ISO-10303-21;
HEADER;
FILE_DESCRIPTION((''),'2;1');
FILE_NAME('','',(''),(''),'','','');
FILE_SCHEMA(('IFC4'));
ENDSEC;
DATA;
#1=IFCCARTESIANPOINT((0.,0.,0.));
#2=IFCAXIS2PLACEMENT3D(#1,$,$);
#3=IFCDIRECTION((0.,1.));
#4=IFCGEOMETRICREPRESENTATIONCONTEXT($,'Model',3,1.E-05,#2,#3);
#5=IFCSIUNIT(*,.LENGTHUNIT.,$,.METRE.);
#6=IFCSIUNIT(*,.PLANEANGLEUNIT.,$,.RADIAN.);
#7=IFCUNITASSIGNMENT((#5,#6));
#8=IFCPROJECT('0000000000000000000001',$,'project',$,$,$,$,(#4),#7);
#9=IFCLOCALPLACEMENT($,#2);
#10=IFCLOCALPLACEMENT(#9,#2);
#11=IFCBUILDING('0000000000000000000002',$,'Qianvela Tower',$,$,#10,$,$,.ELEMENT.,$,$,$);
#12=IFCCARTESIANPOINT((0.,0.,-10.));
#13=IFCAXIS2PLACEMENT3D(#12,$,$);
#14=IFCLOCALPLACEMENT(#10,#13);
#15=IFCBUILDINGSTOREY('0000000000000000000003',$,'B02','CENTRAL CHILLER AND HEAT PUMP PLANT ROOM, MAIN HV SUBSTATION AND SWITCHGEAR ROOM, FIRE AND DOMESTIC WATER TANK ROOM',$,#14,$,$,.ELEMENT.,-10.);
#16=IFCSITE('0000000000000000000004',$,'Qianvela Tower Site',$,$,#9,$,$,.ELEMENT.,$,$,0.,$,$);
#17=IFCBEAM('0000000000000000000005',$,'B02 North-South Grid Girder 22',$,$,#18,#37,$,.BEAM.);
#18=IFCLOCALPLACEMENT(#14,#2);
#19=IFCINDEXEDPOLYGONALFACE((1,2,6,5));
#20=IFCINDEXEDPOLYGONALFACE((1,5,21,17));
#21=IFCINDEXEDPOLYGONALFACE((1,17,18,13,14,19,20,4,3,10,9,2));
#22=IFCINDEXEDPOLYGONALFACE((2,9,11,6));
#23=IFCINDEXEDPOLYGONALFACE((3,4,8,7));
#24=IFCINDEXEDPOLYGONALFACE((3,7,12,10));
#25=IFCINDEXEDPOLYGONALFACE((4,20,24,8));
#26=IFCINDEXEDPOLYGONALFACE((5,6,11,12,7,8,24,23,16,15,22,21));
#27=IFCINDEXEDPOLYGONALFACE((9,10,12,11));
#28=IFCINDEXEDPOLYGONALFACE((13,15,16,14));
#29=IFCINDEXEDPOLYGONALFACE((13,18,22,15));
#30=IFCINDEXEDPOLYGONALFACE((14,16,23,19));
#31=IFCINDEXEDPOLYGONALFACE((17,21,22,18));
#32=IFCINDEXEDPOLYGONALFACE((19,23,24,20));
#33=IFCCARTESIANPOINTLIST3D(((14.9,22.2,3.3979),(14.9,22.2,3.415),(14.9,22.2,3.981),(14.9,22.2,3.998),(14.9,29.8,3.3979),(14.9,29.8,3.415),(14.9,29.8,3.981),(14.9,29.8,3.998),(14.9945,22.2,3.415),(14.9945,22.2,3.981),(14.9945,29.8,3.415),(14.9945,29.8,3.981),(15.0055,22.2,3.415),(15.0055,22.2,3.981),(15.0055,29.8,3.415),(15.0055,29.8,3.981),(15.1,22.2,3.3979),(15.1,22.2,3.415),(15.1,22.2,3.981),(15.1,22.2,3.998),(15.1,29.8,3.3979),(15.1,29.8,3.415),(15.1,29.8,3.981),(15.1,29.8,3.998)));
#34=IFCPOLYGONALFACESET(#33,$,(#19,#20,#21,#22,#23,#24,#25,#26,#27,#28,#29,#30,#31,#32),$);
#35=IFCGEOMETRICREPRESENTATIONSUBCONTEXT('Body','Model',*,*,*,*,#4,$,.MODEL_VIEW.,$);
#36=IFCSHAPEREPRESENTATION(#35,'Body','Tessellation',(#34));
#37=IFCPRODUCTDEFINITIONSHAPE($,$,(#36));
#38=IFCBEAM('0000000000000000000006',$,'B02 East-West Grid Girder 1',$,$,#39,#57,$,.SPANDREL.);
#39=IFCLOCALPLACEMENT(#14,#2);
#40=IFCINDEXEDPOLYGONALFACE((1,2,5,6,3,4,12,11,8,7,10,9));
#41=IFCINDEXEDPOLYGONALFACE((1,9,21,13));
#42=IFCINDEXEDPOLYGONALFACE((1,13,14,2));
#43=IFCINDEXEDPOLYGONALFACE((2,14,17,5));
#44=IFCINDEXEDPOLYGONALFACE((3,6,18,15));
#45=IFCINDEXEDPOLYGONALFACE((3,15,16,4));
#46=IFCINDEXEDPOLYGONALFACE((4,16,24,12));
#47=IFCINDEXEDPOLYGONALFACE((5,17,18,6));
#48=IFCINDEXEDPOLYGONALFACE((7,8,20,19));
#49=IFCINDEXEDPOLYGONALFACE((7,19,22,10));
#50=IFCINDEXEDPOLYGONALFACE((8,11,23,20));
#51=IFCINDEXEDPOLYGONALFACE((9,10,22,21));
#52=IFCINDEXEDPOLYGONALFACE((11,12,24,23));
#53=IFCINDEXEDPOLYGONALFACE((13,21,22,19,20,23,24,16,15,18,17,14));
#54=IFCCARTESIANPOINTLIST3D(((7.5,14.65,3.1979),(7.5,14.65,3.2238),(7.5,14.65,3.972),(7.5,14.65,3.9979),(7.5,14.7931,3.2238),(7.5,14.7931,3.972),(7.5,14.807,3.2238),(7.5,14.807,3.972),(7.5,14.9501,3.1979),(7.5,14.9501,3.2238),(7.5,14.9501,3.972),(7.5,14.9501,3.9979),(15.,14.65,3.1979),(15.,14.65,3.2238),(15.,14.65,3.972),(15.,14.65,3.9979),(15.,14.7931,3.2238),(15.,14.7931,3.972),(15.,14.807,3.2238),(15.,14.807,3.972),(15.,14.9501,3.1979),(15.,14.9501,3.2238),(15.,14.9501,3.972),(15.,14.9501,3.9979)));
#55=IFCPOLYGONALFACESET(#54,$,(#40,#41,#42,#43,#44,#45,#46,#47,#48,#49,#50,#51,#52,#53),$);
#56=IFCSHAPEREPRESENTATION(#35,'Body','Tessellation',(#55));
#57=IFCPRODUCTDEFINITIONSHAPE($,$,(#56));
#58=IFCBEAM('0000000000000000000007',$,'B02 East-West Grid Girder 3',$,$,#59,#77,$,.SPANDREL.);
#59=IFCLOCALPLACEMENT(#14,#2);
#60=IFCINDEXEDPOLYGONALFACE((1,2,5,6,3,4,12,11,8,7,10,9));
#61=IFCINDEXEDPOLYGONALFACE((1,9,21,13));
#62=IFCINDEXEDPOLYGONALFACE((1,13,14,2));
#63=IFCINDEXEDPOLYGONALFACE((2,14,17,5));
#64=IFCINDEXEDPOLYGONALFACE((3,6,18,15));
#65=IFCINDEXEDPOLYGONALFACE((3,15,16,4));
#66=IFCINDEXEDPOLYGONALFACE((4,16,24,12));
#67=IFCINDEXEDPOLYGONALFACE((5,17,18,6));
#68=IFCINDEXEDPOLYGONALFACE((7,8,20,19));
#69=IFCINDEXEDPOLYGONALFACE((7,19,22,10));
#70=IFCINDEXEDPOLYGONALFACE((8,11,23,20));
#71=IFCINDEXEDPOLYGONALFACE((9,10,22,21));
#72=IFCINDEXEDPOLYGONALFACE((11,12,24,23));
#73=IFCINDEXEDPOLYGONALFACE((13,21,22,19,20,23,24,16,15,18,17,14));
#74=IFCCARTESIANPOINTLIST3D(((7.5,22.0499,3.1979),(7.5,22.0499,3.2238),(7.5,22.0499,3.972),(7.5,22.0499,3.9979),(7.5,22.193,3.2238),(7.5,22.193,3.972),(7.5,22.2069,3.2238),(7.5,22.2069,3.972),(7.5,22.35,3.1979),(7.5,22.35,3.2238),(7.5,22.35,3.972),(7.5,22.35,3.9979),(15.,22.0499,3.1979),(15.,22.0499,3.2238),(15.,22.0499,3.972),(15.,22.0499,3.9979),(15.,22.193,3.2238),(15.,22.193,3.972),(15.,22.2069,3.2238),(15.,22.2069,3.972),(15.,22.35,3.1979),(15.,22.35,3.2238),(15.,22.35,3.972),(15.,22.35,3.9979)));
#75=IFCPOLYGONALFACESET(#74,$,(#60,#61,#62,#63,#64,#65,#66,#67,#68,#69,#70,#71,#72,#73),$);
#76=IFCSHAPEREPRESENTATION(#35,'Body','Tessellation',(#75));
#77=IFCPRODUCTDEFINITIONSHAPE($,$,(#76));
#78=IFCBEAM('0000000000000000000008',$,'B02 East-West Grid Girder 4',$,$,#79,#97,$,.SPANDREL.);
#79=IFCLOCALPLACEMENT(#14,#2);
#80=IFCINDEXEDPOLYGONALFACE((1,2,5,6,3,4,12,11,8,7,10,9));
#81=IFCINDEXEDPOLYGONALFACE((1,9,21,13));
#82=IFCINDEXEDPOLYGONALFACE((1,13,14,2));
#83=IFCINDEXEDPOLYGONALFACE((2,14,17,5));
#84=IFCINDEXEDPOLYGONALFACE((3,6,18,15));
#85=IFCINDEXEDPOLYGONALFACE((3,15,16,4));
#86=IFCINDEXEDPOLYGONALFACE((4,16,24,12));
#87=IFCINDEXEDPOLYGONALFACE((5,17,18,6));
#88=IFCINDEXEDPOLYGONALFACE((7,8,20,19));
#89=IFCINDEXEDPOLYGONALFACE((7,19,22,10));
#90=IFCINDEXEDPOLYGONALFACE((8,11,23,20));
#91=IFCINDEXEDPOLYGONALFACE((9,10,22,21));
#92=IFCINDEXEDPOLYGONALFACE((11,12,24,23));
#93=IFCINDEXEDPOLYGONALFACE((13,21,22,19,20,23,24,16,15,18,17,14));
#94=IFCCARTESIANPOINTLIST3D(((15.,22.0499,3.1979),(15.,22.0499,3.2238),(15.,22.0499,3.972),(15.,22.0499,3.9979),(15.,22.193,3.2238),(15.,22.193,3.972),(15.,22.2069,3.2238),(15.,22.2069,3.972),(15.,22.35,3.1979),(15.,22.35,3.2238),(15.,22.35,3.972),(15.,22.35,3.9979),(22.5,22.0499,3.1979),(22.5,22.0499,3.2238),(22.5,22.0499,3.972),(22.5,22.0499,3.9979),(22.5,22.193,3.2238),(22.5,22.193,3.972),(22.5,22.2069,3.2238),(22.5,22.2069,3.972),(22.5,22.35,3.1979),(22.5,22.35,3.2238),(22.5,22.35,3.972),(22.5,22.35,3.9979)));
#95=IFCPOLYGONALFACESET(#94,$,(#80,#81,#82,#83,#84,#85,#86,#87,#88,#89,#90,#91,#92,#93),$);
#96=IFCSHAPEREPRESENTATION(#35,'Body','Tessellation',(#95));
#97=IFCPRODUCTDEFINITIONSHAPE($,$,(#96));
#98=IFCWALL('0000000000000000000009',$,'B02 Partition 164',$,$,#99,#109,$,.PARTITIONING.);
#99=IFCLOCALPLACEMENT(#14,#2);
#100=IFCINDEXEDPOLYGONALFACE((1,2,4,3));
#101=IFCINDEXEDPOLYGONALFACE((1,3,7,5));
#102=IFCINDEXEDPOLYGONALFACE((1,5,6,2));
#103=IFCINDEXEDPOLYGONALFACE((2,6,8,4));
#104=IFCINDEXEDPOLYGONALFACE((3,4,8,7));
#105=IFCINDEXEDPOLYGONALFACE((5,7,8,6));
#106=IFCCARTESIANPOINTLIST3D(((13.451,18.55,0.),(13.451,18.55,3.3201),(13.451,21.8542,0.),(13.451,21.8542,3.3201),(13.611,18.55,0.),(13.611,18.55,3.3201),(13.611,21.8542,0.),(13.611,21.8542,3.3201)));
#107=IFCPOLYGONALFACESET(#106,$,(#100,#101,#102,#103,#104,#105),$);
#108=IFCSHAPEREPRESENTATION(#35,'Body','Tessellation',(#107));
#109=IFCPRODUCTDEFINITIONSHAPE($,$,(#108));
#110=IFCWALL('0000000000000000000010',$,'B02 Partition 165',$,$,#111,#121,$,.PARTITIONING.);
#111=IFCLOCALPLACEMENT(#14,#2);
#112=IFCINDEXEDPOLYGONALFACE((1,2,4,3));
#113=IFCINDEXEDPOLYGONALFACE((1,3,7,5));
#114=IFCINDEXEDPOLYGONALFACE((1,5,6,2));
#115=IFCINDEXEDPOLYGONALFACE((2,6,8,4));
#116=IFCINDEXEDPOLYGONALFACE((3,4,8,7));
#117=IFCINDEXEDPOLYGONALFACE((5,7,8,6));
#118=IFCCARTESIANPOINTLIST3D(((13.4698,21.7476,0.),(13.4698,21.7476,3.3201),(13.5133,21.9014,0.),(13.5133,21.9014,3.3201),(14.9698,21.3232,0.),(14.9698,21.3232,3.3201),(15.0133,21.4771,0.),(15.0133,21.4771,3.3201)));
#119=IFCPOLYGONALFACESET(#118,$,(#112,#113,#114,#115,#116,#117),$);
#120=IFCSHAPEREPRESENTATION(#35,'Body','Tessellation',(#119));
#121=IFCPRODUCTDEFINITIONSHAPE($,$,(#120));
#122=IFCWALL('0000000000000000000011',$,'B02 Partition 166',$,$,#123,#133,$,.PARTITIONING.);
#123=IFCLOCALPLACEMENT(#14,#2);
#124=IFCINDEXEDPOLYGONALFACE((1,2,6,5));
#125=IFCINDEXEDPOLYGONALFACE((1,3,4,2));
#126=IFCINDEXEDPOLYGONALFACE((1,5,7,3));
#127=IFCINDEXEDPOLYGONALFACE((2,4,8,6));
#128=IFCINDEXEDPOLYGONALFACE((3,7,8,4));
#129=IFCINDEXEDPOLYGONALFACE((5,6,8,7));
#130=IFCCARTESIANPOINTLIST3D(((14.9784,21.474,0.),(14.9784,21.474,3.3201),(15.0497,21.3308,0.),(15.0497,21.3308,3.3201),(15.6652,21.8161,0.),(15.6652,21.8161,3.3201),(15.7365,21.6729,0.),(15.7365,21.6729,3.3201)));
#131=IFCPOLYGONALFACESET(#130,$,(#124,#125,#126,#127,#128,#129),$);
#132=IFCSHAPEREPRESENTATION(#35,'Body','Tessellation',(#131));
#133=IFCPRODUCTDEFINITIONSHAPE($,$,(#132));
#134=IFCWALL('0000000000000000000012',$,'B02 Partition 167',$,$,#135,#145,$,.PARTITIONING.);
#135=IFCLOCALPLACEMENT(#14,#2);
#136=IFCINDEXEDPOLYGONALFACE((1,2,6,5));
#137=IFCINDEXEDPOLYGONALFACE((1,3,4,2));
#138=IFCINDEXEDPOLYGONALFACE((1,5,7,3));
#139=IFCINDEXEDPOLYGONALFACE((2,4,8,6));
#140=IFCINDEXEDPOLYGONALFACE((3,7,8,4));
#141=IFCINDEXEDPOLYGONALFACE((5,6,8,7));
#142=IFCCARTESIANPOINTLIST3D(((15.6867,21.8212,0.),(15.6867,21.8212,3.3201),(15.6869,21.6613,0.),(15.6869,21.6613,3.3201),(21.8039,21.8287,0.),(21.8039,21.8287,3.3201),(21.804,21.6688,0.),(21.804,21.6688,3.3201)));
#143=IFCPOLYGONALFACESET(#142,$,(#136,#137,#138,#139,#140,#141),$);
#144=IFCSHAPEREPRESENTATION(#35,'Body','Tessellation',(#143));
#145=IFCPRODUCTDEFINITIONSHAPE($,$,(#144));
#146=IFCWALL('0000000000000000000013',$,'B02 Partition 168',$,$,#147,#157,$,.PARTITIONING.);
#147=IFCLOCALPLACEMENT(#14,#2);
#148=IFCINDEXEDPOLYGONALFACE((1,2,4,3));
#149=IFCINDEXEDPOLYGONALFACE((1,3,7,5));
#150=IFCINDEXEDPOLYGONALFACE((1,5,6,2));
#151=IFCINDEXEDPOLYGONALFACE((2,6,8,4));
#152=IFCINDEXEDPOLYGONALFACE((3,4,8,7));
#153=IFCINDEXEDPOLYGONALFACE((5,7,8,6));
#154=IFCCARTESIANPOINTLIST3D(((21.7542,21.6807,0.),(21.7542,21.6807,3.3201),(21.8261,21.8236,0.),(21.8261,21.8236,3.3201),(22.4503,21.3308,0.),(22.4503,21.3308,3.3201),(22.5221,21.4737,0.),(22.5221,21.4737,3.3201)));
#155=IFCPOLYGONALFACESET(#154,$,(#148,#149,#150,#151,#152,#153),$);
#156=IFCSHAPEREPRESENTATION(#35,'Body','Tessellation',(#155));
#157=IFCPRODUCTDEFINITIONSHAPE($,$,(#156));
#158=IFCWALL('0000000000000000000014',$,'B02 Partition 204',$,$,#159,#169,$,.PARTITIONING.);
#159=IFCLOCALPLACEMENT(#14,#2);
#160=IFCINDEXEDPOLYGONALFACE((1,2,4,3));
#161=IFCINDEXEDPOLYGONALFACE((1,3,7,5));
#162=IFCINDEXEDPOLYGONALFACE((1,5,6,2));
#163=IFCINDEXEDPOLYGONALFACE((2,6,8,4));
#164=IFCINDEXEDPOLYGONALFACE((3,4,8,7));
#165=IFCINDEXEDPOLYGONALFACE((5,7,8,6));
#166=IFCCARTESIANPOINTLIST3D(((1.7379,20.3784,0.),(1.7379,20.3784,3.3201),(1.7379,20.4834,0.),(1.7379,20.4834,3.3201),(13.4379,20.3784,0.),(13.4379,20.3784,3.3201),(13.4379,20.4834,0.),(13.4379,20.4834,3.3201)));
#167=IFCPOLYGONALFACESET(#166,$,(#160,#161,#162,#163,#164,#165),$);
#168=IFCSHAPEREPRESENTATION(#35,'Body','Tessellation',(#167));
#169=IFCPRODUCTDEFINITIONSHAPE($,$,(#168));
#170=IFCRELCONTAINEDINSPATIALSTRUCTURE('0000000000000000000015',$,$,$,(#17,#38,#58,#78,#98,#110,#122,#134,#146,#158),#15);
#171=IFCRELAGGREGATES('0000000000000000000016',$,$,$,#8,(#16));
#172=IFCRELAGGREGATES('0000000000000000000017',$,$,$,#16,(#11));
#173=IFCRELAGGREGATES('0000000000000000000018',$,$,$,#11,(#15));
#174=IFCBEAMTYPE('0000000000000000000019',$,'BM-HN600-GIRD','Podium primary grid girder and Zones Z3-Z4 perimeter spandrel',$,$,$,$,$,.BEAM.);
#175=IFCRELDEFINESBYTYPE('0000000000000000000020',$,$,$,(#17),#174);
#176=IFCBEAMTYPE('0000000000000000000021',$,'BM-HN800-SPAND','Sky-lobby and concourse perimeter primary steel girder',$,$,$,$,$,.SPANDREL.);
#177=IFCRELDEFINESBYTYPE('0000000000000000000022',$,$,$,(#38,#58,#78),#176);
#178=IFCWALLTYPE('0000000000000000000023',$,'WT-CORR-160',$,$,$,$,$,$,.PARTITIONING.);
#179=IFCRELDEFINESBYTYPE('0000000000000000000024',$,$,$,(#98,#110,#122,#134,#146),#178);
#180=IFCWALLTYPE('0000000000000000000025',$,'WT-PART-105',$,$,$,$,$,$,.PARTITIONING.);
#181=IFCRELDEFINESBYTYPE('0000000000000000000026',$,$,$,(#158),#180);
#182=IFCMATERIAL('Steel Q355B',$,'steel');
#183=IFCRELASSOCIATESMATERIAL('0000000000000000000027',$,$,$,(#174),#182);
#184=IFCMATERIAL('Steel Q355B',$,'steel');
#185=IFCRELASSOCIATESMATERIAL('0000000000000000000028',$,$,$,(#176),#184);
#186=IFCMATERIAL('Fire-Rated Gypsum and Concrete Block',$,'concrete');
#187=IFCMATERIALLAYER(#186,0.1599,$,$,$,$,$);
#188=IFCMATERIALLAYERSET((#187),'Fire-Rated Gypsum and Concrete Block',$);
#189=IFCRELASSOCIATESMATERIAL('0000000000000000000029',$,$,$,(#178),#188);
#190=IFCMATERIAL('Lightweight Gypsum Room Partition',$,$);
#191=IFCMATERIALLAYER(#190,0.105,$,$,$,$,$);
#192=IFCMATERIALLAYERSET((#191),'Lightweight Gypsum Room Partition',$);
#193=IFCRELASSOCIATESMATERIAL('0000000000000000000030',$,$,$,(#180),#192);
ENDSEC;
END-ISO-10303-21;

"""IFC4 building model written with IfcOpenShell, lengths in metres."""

from ifc_helpers import new_model, si_unit, direction, frame, frame_2d, origin, origin_2d, place, context, subcontext, project, spatial, rectangle, i_section, extrude, material, layer, layer_set, material_profile, profile_set, type_object, element, save


model = new_model("IFC4")

# Units and contexts
model_context = context("Model", 3, precision=1e-05, world=origin(), true_north=direction((0.0, 1.0)))
body_context = subcontext(model_context, "Body", "Model", "MODEL_VIEW")
ifc_project = project(units=[si_unit("LENGTHUNIT", "METRE"), si_unit("PLANEANGLEUNIT", "RADIAN")], contexts=[model_context])

# Site, building, storey
site_placement = place(None, origin())
site = spatial("IfcSite", under=ifc_project, at=site_placement, Name="Qianvela Tower Site", CompositionType="ELEMENT", RefElevation=0.0)
building_placement = place(site_placement, origin())
building = spatial("IfcBuilding", under=site, at=building_placement, Name="Qianvela Tower", CompositionType="ELEMENT")
storey_placement = place(building_placement, frame((0.0, 0.0, -10.0)))
storey = spatial("IfcBuildingStorey", under=building, at=storey_placement, Name="B02", Description="CENTRAL CHILLER AND HEAT PUMP PLANT ROOM, MAIN HV SUBSTATION AND SWITCHGEAR ROOM, FIRE AND DOMESTIC WATER TANK ROOM", CompositionType="ELEMENT", Elevation=-10.0)

# Beams
ifc_material_1 = material(Name="Steel Q355B", Category="steel")
ifc_material_profile_1 = material_profile(ifc_material_1, i_section(OverallWidth=0.2, OverallDepth=0.6001, WebThickness=0.011, FlangeThickness=0.0171, at=origin_2d()), Name="HN600x200x11x17")
ifc_profile_set_1 = profile_set([ifc_material_profile_1], Name="Steel Q355B")
beam_type_1 = type_object("IfcBeamType", Name="BM-HN600-GIRD", Description="Podium primary grid girder and Zones Z3-Z4 perimeter spandrel", PredefinedType="BEAM", material=ifc_profile_set_1)
beam_1_placement = place(storey_placement, frame((15.0, 22.2, 3.698), z_axis=(0.0, 1.0, 0.0), x_axis=(-1.0, 0.0, 0.0)))
element("IfcBeam", 1, at=beam_1_placement, inside=storey, type_object=beam_type_1, Name="B02 North-South Grid Girder 22", PredefinedType="BEAM", context=body_context, shape_type="SweptSolid", body=[
    extrude(i_section(OverallWidth=0.2, OverallDepth=0.6001, WebThickness=0.011, FlangeThickness=0.0171, at=origin_2d()), origin(), (0.0, 0.0, 1.0), 7.6001),
])
ifc_material_2 = material(Name="Steel Q355B", Category="steel")
ifc_material_profile_2 = material_profile(ifc_material_2, i_section(OverallWidth=0.3, OverallDepth=0.8, WebThickness=0.0139, FlangeThickness=0.0259, at=origin_2d()), Name="HN800x300x14x26")
ifc_profile_set_2 = profile_set([ifc_material_profile_2], Name="Steel Q355B")
beam_type_2 = type_object("IfcBeamType", Name="BM-HN800-SPAND", Description="Sky-lobby and concourse perimeter primary steel girder", PredefinedType="SPANDREL", material=ifc_profile_set_2)
for number, where, z_axis, x_axis, name in (
    (2, (7.5, 14.8, 3.5979), (1.0, 0.0, 0.0), (0.0, 1.0, 0.0), "B02 East-West Grid Girder 1"),
    (3, (7.5, 22.2, 3.5979), (1.0, 0.0, 0.0), (0.0, 1.0, 0.0), "B02 East-West Grid Girder 3"),
    (4, (15.0, 22.2, 3.5979), (1.0, 0.0, 0.0), (0.0, 1.0, 0.0), "B02 East-West Grid Girder 4"),
):
    element("IfcBeam", number, at=place(storey_placement, frame(where, z_axis=z_axis, x_axis=x_axis)), inside=storey, type_object=beam_type_2, Name=name, PredefinedType="SPANDREL", context=body_context, shape_type="SweptSolid", body=[
        extrude(i_section(OverallWidth=0.3, OverallDepth=0.8, WebThickness=0.0139, FlangeThickness=0.0259, at=origin_2d()), origin(), (0.0, 0.0, 1.0), 7.5),
    ])

# Walls
ifc_material_3 = material(Name="Fire-Rated Gypsum and Concrete Block", Category="concrete")
ifc_layer_1 = layer(ifc_material_3, 0.1599)
ifc_layer_set_1 = layer_set([ifc_layer_1], Name="Fire-Rated Gypsum and Concrete Block")
wall_type_1 = type_object("IfcWallType", Name="WT-CORR-160", PredefinedType="PARTITIONING", material=ifc_layer_set_1)
wall_1_placement = place(storey_placement, frame((13.531, 18.55, 0.0), z_axis=(0.0, 0.0, 1.0), x_axis=(0.0, 1.0, 0.0)))
element("IfcWall", 5, at=wall_1_placement, inside=storey, type_object=wall_type_1, Name="B02 Partition 164", PredefinedType="PARTITIONING", context=body_context, shape_type="SweptSolid", body=[
    extrude(rectangle(XDim=3.3042, YDim=0.1599, at=frame_2d((1.6521, 0.0))), origin(), (0.0, 0.0, 1.0), 3.3201),
])
wall_2_placement = place(storey_placement, frame((13.4917, 21.8245, 0.0), z_axis=(0.0, 0.0, 1.0), x_axis=(0.962242, -0.272197, 0.0)))
element("IfcWall", 6, at=wall_2_placement, inside=storey, type_object=wall_type_1, Name="B02 Partition 165", PredefinedType="PARTITIONING", context=body_context, shape_type="SweptSolid", body=[
    extrude(rectangle(XDim=1.5588, YDim=0.1599, at=frame_2d((0.7793, 0.0))), origin(), (0.0, 0.0, 1.0), 3.3201),
])
wall_3_placement = place(storey_placement, frame((15.0139, 21.4023, 0.0), z_axis=(0.0, 0.0, 1.0), x_axis=(0.895126, 0.445813, 0.0)))
element("IfcWall", 7, at=wall_3_placement, inside=storey, type_object=wall_type_1, Name="B02 Partition 166", PredefinedType="PARTITIONING", context=body_context, shape_type="SweptSolid", body=[
    extrude(rectangle(XDim=0.7673, YDim=0.1599, at=frame_2d((0.3838, 0.0))), origin(), (0.0, 0.0, 1.0), 3.3201),
])
wall_4_placement = place(storey_placement, frame((15.6868, 21.7412, 0.0), z_axis=(0.0, 0.0, 1.0), x_axis=(0.999999, 0.001237, 0.0)))
element("IfcWall", 8, at=wall_4_placement, inside=storey, type_object=wall_type_1, Name="B02 Partition 167", PredefinedType="PARTITIONING", context=body_context, shape_type="SweptSolid", body=[
    extrude(rectangle(XDim=6.1172, YDim=0.1599, at=frame_2d((3.0586, 0.0))), origin(), (0.0, 0.0, 1.0), 3.3201),
])
wall_5_placement = place(storey_placement, frame((21.79, 21.7522, 0.0), z_axis=(0.0, 0.0, 1.0), x_axis=(0.893485, -0.449093, 0.0)))
element("IfcWall", 9, at=wall_5_placement, inside=storey, type_object=wall_type_1, Name="B02 Partition 168", PredefinedType="PARTITIONING", context=body_context, shape_type="SweptSolid", body=[
    extrude(rectangle(XDim=0.7791, YDim=0.1599, at=frame_2d((0.3896, 0.0))), origin(), (0.0, 0.0, 1.0), 3.3201),
])
ifc_material_4 = material(Name="Lightweight Gypsum Room Partition")
ifc_layer_2 = layer(ifc_material_4, 0.105)
ifc_layer_set_2 = layer_set([ifc_layer_2], Name="Lightweight Gypsum Room Partition")
wall_type_2 = type_object("IfcWallType", Name="WT-PART-105", PredefinedType="PARTITIONING", material=ifc_layer_set_2)
wall_6_placement = place(storey_placement, frame((13.438, 20.4309, 0.0), z_axis=(0.0, 0.0, 1.0), x_axis=(-1.0, 0.0, 0.0)))
element("IfcWall", 10, at=wall_6_placement, inside=storey, type_object=wall_type_2, Name="B02 Partition 204", PredefinedType="PARTITIONING", context=body_context, shape_type="SweptSolid", body=[
    extrude(rectangle(XDim=11.7, YDim=0.105, at=frame_2d((5.8501, 0.0))), origin(), (0.0, 0.0, 1.0), 3.3201),
])

save(model, "model.ifc")
